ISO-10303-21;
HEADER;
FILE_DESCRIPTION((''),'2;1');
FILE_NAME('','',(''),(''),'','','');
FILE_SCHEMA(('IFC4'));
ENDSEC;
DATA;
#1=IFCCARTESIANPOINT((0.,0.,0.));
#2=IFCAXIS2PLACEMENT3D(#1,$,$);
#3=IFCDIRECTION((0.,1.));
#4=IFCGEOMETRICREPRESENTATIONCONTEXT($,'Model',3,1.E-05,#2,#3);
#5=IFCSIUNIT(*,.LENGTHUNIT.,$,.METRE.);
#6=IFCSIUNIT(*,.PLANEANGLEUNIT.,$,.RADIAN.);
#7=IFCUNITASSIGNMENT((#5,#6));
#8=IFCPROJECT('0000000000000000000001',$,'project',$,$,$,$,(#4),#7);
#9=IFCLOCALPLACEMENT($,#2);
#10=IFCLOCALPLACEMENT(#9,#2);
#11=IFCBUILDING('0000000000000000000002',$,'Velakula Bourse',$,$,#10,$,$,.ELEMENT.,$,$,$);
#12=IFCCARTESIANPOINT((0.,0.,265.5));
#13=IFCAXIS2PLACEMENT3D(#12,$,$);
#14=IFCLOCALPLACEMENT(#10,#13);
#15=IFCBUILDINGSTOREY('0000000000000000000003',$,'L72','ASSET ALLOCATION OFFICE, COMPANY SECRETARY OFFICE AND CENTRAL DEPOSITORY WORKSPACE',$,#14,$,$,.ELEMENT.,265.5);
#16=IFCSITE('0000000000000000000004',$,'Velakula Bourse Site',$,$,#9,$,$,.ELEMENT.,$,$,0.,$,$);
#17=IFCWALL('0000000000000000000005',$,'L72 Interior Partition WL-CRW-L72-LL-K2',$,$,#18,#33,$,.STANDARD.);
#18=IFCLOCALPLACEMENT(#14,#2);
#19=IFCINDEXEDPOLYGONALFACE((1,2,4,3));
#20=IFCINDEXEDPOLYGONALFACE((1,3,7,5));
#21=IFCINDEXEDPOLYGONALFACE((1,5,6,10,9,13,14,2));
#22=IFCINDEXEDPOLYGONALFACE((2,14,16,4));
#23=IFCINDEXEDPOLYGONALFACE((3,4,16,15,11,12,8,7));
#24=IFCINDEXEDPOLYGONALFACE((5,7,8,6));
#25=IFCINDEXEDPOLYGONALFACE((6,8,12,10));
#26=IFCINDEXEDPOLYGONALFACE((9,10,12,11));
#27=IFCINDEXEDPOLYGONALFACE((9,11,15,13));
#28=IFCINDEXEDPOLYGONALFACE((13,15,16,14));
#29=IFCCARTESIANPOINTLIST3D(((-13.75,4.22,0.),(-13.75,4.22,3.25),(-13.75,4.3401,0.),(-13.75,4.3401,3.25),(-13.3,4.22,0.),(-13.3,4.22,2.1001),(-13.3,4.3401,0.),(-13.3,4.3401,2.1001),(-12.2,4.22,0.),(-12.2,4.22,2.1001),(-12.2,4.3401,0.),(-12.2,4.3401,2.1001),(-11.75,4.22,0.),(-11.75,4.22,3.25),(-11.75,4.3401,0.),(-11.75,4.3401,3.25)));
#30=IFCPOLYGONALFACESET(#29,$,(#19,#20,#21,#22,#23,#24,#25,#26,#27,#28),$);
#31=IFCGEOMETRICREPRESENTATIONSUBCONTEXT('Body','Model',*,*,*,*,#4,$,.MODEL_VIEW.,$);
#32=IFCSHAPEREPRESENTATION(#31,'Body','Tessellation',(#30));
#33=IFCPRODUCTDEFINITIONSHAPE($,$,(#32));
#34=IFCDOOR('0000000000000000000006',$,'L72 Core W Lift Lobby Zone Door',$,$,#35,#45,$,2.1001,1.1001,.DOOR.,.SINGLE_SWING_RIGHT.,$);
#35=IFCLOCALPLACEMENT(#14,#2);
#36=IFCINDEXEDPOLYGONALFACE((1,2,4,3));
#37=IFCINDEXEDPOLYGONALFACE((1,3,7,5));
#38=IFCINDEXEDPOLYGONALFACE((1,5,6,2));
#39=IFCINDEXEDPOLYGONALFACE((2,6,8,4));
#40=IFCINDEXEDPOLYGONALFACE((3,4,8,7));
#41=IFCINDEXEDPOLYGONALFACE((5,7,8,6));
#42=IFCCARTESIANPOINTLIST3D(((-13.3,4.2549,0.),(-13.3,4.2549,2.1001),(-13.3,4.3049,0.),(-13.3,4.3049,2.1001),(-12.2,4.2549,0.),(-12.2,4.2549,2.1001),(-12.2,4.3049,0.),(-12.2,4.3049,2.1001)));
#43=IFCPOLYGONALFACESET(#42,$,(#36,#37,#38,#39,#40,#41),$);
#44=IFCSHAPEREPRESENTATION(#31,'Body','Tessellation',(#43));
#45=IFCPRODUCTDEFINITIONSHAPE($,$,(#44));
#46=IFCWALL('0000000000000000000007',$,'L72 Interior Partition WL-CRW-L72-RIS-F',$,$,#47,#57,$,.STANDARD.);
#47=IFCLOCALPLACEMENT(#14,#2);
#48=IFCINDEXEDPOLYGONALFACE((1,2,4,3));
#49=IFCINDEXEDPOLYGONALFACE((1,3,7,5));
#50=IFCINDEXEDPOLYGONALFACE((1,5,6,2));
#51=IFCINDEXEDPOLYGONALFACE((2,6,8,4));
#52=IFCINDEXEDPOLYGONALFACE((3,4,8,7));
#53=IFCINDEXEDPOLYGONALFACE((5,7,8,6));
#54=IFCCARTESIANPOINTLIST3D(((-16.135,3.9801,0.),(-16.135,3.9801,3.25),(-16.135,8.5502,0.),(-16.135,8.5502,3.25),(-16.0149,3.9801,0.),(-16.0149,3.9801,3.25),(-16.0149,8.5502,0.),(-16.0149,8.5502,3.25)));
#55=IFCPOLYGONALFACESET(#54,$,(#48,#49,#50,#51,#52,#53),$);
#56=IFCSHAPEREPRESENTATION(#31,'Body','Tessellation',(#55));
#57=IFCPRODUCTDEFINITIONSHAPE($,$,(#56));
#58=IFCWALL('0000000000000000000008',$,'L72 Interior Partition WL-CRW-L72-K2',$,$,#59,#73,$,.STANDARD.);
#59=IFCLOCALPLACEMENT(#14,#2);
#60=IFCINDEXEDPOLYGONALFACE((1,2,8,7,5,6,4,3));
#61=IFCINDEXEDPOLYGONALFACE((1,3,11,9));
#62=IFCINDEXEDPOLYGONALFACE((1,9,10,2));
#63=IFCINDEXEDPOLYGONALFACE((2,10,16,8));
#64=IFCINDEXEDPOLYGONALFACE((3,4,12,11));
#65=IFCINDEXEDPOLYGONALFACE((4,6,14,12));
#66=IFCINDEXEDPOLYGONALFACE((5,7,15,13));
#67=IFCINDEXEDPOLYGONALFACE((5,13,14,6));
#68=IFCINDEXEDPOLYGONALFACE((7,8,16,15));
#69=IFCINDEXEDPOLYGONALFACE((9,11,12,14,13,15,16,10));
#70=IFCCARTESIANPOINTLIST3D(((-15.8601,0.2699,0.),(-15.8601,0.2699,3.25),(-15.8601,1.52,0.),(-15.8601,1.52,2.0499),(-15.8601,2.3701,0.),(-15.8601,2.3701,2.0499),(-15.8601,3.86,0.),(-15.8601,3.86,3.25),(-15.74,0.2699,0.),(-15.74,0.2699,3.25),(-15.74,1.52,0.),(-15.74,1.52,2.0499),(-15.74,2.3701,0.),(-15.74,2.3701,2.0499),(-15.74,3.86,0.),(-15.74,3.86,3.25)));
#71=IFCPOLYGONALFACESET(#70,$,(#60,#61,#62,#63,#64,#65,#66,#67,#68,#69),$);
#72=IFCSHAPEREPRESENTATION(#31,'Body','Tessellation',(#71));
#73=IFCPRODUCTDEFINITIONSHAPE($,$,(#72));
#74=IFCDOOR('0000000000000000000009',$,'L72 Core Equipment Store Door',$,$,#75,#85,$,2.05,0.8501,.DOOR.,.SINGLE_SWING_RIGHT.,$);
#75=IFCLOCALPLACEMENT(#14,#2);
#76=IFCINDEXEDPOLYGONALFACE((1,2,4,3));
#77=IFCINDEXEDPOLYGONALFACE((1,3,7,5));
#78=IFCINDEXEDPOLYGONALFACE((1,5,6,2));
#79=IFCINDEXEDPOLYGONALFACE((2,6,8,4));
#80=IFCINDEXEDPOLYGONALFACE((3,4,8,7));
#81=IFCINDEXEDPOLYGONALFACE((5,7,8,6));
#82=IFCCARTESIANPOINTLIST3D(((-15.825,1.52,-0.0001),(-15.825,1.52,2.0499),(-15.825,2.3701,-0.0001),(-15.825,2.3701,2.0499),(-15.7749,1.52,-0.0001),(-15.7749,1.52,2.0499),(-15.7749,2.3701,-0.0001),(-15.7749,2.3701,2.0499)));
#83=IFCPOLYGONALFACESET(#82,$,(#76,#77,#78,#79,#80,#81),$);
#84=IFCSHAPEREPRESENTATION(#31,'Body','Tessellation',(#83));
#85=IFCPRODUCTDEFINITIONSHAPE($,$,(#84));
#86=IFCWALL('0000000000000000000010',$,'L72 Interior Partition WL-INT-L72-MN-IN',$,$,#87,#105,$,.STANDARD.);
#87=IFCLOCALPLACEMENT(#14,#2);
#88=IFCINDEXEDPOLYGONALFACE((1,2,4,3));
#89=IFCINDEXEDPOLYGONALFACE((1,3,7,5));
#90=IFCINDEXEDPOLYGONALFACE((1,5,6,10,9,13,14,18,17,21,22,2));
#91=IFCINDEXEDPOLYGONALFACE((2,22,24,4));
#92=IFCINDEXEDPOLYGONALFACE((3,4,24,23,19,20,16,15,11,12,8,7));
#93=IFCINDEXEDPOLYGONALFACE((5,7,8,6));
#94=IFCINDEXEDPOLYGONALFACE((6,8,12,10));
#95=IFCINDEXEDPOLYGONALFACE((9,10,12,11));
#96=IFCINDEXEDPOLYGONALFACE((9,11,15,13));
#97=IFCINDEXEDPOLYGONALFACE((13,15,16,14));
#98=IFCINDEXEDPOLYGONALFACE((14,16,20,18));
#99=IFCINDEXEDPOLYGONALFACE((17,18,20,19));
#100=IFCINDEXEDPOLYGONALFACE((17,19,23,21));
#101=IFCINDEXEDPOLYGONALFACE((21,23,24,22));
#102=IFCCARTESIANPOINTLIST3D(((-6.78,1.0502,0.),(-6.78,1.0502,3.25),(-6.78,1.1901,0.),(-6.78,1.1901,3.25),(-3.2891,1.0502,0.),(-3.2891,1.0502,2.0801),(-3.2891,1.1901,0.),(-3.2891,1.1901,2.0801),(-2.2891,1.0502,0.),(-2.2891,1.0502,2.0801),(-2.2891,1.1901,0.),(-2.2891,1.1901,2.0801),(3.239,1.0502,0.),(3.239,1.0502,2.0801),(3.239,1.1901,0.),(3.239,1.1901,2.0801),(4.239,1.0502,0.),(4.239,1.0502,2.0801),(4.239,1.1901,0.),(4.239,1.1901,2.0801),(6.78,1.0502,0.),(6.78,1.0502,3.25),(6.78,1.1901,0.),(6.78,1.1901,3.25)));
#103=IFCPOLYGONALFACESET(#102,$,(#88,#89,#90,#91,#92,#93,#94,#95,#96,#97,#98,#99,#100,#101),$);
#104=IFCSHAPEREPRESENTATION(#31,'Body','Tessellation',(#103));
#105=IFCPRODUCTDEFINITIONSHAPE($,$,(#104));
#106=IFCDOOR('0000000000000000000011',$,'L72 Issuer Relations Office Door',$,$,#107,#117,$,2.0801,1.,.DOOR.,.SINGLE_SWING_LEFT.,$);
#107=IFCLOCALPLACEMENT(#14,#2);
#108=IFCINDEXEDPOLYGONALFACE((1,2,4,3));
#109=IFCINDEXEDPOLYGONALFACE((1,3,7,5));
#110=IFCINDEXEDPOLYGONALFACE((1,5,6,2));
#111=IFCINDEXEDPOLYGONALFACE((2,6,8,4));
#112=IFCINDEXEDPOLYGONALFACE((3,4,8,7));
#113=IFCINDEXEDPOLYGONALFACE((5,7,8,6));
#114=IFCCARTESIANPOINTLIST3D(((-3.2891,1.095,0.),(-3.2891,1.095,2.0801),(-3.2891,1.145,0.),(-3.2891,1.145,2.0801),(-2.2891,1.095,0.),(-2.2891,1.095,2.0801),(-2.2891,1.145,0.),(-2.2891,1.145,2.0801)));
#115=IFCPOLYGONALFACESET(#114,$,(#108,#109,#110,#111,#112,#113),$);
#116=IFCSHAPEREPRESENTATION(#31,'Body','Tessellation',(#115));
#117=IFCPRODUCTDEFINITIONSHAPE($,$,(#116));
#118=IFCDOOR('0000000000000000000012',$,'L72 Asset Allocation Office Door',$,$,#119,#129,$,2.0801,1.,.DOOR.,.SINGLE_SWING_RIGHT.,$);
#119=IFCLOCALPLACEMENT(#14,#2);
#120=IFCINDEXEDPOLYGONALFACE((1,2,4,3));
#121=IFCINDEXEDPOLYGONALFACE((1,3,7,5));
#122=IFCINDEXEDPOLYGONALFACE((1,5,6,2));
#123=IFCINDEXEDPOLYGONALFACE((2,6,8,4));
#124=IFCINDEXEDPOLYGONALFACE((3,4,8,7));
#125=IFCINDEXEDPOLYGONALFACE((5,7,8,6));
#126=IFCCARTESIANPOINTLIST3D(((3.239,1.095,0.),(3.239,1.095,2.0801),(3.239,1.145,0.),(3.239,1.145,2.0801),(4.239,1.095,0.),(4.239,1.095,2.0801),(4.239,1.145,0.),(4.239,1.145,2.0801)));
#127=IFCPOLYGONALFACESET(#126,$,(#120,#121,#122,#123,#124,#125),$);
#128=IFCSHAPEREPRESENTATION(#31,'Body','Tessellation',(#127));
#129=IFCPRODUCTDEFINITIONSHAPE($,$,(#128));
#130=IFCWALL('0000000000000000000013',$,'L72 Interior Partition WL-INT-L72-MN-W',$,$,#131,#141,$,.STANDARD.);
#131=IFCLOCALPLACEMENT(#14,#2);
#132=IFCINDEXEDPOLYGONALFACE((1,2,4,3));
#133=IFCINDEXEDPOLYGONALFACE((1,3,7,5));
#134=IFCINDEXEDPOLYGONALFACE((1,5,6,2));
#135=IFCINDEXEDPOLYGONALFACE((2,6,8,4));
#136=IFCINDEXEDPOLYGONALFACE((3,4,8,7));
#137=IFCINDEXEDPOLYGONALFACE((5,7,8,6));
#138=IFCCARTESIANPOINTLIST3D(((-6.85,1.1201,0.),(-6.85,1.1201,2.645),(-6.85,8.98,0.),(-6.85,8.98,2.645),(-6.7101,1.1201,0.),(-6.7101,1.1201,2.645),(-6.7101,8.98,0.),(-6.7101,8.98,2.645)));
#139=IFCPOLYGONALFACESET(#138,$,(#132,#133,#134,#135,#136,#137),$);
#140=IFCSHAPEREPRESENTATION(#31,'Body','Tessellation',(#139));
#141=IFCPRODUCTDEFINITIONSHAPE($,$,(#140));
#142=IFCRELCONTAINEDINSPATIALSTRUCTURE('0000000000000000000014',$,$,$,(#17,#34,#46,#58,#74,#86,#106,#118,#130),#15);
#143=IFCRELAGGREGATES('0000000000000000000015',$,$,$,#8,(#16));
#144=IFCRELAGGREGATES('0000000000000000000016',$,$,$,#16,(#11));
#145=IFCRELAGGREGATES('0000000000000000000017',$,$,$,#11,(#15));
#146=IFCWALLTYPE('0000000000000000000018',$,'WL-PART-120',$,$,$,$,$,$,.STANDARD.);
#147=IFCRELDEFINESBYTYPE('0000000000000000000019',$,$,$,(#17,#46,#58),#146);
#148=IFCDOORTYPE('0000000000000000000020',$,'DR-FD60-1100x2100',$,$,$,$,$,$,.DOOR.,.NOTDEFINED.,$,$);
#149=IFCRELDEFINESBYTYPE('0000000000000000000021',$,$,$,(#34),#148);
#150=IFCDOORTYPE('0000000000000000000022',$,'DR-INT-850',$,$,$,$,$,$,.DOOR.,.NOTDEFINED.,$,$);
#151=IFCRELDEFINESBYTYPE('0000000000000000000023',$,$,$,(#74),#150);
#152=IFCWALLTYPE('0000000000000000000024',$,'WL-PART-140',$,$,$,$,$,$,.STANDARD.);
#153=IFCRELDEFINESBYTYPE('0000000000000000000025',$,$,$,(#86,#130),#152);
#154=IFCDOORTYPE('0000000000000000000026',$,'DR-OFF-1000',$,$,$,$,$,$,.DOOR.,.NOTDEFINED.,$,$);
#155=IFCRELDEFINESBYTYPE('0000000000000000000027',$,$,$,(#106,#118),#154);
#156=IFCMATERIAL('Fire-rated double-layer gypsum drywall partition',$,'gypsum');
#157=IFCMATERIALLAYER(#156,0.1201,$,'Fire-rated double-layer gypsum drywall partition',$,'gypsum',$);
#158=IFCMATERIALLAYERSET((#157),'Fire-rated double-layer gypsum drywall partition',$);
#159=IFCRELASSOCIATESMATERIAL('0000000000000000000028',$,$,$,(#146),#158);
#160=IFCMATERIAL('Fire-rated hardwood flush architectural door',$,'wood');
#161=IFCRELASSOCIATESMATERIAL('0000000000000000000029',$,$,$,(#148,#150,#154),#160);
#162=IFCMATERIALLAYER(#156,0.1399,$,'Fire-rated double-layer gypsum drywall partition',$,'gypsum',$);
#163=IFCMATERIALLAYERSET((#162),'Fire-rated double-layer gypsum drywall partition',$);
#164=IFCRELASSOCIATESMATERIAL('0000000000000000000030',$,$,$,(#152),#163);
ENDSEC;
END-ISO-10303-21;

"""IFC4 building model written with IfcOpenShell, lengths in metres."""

from ifc_helpers import new_model, si_unit, direction, frame, frame_2d, origin, place, context, subcontext, project, spatial, rectangle, extrude, material, layer, layer_set, type_object, element, fill, save


model = new_model("IFC4")

# Units and contexts
model_context = context("Model", 3, precision=1e-05, world=origin(), true_north=direction((0.0, 1.0)))
body_context = subcontext(model_context, "Body", "Model", "MODEL_VIEW")
ifc_project = project(units=[si_unit("LENGTHUNIT", "METRE"), si_unit("PLANEANGLEUNIT", "RADIAN")], contexts=[model_context])

# Site, building, storey
site_placement = place(None, origin())
site = spatial("IfcSite", under=ifc_project, at=site_placement, Name="Velakula Bourse Site", CompositionType="ELEMENT", RefElevation=0.0)
building_placement = place(site_placement, origin())
building = spatial("IfcBuilding", under=site, at=building_placement, Name="Velakula Bourse", CompositionType="ELEMENT")
storey_placement = place(building_placement, frame((0.0, 0.0, 265.5)))
storey = spatial("IfcBuildingStorey", under=building, at=storey_placement, Name="L72", Description="ASSET ALLOCATION OFFICE, COMPANY SECRETARY OFFICE AND CENTRAL DEPOSITORY WORKSPACE", CompositionType="ELEMENT", Elevation=265.5)

# Wall, opening, door
ifc_material_1 = material(Name="Fire-rated double-layer gypsum drywall partition", Category="gypsum")
ifc_layer_1 = layer(ifc_material_1, 0.1201, Name="Fire-rated double-layer gypsum drywall partition", Category="gypsum")
ifc_layer_set_1 = layer_set([ifc_layer_1], Name="Fire-rated double-layer gypsum drywall partition")
wall_type_1 = type_object("IfcWallType", Name="WL-PART-120", PredefinedType="STANDARD", material=ifc_layer_set_1)
wall_1_placement = place(storey_placement, frame((-13.75, 4.28, 0.0), z_axis=(0.0, 0.0, 1.0), x_axis=(1.0, 0.0, 0.0)))
wall_1 = element("IfcWall", 1, at=wall_1_placement, inside=storey, type_object=wall_type_1, Name="L72 Interior Partition WL-CRW-L72-LL-K2", PredefinedType="STANDARD", context=body_context, shape_type="SweptSolid", body=[
    extrude(rectangle(XDim=2.0, YDim=0.1201, at=frame_2d((1.0, 0.0))), origin(), (0.0, 0.0, 1.0), 3.25),
])
opening_1_placement = place(wall_1_placement, frame((0.45, 0.0, 0.0)))
opening_1 = element("IfcOpeningElement", 2, at=opening_1_placement, cuts=wall_1, PredefinedType="OPENING", context=body_context, shape_type="SweptSolid", body=[
    extrude(rectangle(XDim=1.1001, YDim=2.1001, at=frame_2d((0.55, 1.05))), frame((0.0, 0.0701, 0.0), z_axis=(0.0, -1.0, 0.0), x_axis=(1.0, 0.0, 0.0)), (0.0, 0.0, 1.0), 0.1401),
])
ifc_material_2 = material(Name="Fire-rated hardwood flush architectural door", Category="wood")
door_type_1 = type_object("IfcDoorType", Name="DR-FD60-1100x2100", OperationType="NOTDEFINED", PredefinedType="DOOR", material=ifc_material_2)
door_1_placement = place(opening_1_placement, origin())
door_1 = element("IfcDoor", 3, at=door_1_placement, inside=storey, type_object=door_type_1, Name="L72 Core W Lift Lobby Zone Door", OperationType="SINGLE_SWING_RIGHT", OverallHeight=2.1001, OverallWidth=1.1001, PredefinedType="DOOR", context=body_context, shape_type="SweptSolid", body=[
    extrude(rectangle(XDim=1.1001, YDim=2.1001, at=frame_2d((0.55, 1.05))), frame((0.0, 0.0249, 0.0), z_axis=(0.0, -1.0, 0.0), x_axis=(1.0, 0.0, 0.0)), (0.0, 0.0, 1.0), 0.05),
])
fill(opening_1, door_1)

# Wall
wall_2_placement = place(storey_placement, frame((-16.075, 3.98, 0.0), z_axis=(0.0, 0.0, 1.0), x_axis=(0.0, 1.0, 0.0)))
element("IfcWall", 4, at=wall_2_placement, inside=storey, type_object=wall_type_1, Name="L72 Interior Partition WL-CRW-L72-RIS-F", PredefinedType="STANDARD", context=body_context, shape_type="SweptSolid", body=[
    extrude(rectangle(XDim=4.5701, YDim=0.1201, at=frame_2d((2.2852, 0.0))), origin(), (0.0, 0.0, 1.0), 3.25),
])

# Wall, opening, door
wall_3_placement = place(storey_placement, frame((-15.8, 0.27, 0.0), z_axis=(0.0, 0.0, 1.0), x_axis=(0.0, 1.0, 0.0)))
wall_3 = element("IfcWall", 5, at=wall_3_placement, inside=storey, type_object=wall_type_1, Name="L72 Interior Partition WL-CRW-L72-K2", PredefinedType="STANDARD", context=body_context, shape_type="SweptSolid", body=[
    extrude(rectangle(XDim=3.5901, YDim=0.1201, at=frame_2d((1.7949, 0.0))), origin(), (0.0, 0.0, 1.0), 3.25),
])
opening_2_placement = place(wall_3_placement, frame((1.25, 0.0, 0.0)))
opening_2 = element("IfcOpeningElement", 6, at=opening_2_placement, cuts=wall_3, PredefinedType="OPENING", context=body_context, shape_type="SweptSolid", body=[
    extrude(rectangle(XDim=0.8501, YDim=2.05, at=frame_2d((0.425, 1.0249))), frame((0.0, 0.0701, 0.0), z_axis=(0.0, -1.0, 0.0), x_axis=(1.0, 0.0, 0.0)), (0.0, 0.0, 1.0), 0.1401),
])
door_type_2 = type_object("IfcDoorType", Name="DR-INT-850", OperationType="NOTDEFINED", PredefinedType="DOOR", material=ifc_material_2)
door_2_placement = place(opening_2_placement, origin())
door_2 = element("IfcDoor", 7, at=door_2_placement, inside=storey, type_object=door_type_2, Name="L72 Core Equipment Store Door", OperationType="SINGLE_SWING_RIGHT", OverallHeight=2.05, OverallWidth=0.8501, PredefinedType="DOOR", context=body_context, shape_type="SweptSolid", body=[
    extrude(rectangle(XDim=0.8501, YDim=2.05, at=frame_2d((0.425, 1.0249))), frame((0.0, 0.0249, 0.0), z_axis=(0.0, -1.0, 0.0), x_axis=(1.0, 0.0, 0.0)), (0.0, 0.0, 1.0), 0.05),
])
fill(opening_2, door_2)

# Wall, openings, doors
ifc_layer_2 = layer(ifc_material_1, 0.1399, Name="Fire-rated double-layer gypsum drywall partition", Category="gypsum")
ifc_layer_set_2 = layer_set([ifc_layer_2], Name="Fire-rated double-layer gypsum drywall partition")
wall_type_2 = type_object("IfcWallType", Name="WL-PART-140", PredefinedType="STANDARD", material=ifc_layer_set_2)
wall_4_placement = place(storey_placement, frame((-6.78, 1.1201, 0.0), z_axis=(0.0, 0.0, 1.0), x_axis=(1.0, 0.0, 0.0)))
wall_4 = element("IfcWall", 8, at=wall_4_placement, inside=storey, type_object=wall_type_2, Name="L72 Interior Partition WL-INT-L72-MN-IN", PredefinedType="STANDARD", context=body_context, shape_type="SweptSolid", body=[
    extrude(rectangle(XDim=13.5601, YDim=0.1399, at=frame_2d((6.78, 0.0))), origin(), (0.0, 0.0, 1.0), 3.25),
])
opening_3_placement = place(wall_4_placement, frame((3.491, 0.0, 0.0)))
opening_3 = element("IfcOpeningElement", 9, at=opening_3_placement, cuts=wall_4, PredefinedType="OPENING", context=body_context, shape_type="SweptSolid", body=[
    extrude(rectangle(XDim=1.0, YDim=2.0801, at=frame_2d((0.5, 1.04))), frame((0.0, 0.0798, 0.0), z_axis=(0.0, -1.0, 0.0), x_axis=(1.0, 0.0, 0.0)), (0.0, 0.0, 1.0), 0.1599),
])
opening_4_placement = place(wall_4_placement, frame((10.019, 0.0, 0.0)))
opening_4 = element("IfcOpeningElement", 10, at=opening_4_placement, cuts=wall_4, PredefinedType="OPENING", context=body_context, shape_type="SweptSolid", body=[
    extrude(rectangle(XDim=1.0, YDim=2.0801, at=frame_2d((0.5, 1.04))), frame((0.0, 0.0798, 0.0), z_axis=(0.0, -1.0, 0.0), x_axis=(1.0, 0.0, 0.0)), (0.0, 0.0, 1.0), 0.1599),
])
door_type_3 = type_object("IfcDoorType", Name="DR-OFF-1000", OperationType="NOTDEFINED", PredefinedType="DOOR", material=ifc_material_2)
door_3_placement = place(opening_3_placement, origin())
door_3 = element("IfcDoor", 11, at=door_3_placement, inside=storey, type_object=door_type_3, Name="L72 Issuer Relations Office Door", OperationType="SINGLE_SWING_LEFT", OverallHeight=2.0801, OverallWidth=1.0, PredefinedType="DOOR", context=body_context, shape_type="SweptSolid", body=[
    extrude(rectangle(XDim=1.0, YDim=2.0801, at=frame_2d((0.5, 1.04))), frame((0.0, 0.0249, 0.0), z_axis=(0.0, -1.0, 0.0), x_axis=(1.0, 0.0, 0.0)), (0.0, 0.0, 1.0), 0.05),
])
fill(opening_3, door_3)
door_4_placement = place(opening_4_placement, origin())
door_4 = element("IfcDoor", 12, at=door_4_placement, inside=storey, type_object=door_type_3, Name="L72 Asset Allocation Office Door", OperationType="SINGLE_SWING_RIGHT", OverallHeight=2.0801, OverallWidth=1.0, PredefinedType="DOOR", context=body_context, shape_type="SweptSolid", body=[
    extrude(rectangle(XDim=1.0, YDim=2.0801, at=frame_2d((0.5, 1.04))), frame((0.0, 0.0249, 0.0), z_axis=(0.0, -1.0, 0.0), x_axis=(1.0, 0.0, 0.0)), (0.0, 0.0, 1.0), 0.05),
])
fill(opening_4, door_4)

# Wall
wall_5_placement = place(storey_placement, frame((-6.78, 1.1201, 0.0), z_axis=(0.0, 0.0, 1.0), x_axis=(0.0, 1.0, 0.0)))
element("IfcWall", 13, at=wall_5_placement, inside=storey, type_object=wall_type_2, Name="L72 Interior Partition WL-INT-L72-MN-W", PredefinedType="STANDARD", context=body_context, shape_type="SweptSolid", body=[
    extrude(rectangle(XDim=7.8599, YDim=0.1399, at=frame_2d((3.9299, 0.0))), origin(), (0.0, 0.0, 1.0), 2.645),
])

save(model, "model.ifc")
